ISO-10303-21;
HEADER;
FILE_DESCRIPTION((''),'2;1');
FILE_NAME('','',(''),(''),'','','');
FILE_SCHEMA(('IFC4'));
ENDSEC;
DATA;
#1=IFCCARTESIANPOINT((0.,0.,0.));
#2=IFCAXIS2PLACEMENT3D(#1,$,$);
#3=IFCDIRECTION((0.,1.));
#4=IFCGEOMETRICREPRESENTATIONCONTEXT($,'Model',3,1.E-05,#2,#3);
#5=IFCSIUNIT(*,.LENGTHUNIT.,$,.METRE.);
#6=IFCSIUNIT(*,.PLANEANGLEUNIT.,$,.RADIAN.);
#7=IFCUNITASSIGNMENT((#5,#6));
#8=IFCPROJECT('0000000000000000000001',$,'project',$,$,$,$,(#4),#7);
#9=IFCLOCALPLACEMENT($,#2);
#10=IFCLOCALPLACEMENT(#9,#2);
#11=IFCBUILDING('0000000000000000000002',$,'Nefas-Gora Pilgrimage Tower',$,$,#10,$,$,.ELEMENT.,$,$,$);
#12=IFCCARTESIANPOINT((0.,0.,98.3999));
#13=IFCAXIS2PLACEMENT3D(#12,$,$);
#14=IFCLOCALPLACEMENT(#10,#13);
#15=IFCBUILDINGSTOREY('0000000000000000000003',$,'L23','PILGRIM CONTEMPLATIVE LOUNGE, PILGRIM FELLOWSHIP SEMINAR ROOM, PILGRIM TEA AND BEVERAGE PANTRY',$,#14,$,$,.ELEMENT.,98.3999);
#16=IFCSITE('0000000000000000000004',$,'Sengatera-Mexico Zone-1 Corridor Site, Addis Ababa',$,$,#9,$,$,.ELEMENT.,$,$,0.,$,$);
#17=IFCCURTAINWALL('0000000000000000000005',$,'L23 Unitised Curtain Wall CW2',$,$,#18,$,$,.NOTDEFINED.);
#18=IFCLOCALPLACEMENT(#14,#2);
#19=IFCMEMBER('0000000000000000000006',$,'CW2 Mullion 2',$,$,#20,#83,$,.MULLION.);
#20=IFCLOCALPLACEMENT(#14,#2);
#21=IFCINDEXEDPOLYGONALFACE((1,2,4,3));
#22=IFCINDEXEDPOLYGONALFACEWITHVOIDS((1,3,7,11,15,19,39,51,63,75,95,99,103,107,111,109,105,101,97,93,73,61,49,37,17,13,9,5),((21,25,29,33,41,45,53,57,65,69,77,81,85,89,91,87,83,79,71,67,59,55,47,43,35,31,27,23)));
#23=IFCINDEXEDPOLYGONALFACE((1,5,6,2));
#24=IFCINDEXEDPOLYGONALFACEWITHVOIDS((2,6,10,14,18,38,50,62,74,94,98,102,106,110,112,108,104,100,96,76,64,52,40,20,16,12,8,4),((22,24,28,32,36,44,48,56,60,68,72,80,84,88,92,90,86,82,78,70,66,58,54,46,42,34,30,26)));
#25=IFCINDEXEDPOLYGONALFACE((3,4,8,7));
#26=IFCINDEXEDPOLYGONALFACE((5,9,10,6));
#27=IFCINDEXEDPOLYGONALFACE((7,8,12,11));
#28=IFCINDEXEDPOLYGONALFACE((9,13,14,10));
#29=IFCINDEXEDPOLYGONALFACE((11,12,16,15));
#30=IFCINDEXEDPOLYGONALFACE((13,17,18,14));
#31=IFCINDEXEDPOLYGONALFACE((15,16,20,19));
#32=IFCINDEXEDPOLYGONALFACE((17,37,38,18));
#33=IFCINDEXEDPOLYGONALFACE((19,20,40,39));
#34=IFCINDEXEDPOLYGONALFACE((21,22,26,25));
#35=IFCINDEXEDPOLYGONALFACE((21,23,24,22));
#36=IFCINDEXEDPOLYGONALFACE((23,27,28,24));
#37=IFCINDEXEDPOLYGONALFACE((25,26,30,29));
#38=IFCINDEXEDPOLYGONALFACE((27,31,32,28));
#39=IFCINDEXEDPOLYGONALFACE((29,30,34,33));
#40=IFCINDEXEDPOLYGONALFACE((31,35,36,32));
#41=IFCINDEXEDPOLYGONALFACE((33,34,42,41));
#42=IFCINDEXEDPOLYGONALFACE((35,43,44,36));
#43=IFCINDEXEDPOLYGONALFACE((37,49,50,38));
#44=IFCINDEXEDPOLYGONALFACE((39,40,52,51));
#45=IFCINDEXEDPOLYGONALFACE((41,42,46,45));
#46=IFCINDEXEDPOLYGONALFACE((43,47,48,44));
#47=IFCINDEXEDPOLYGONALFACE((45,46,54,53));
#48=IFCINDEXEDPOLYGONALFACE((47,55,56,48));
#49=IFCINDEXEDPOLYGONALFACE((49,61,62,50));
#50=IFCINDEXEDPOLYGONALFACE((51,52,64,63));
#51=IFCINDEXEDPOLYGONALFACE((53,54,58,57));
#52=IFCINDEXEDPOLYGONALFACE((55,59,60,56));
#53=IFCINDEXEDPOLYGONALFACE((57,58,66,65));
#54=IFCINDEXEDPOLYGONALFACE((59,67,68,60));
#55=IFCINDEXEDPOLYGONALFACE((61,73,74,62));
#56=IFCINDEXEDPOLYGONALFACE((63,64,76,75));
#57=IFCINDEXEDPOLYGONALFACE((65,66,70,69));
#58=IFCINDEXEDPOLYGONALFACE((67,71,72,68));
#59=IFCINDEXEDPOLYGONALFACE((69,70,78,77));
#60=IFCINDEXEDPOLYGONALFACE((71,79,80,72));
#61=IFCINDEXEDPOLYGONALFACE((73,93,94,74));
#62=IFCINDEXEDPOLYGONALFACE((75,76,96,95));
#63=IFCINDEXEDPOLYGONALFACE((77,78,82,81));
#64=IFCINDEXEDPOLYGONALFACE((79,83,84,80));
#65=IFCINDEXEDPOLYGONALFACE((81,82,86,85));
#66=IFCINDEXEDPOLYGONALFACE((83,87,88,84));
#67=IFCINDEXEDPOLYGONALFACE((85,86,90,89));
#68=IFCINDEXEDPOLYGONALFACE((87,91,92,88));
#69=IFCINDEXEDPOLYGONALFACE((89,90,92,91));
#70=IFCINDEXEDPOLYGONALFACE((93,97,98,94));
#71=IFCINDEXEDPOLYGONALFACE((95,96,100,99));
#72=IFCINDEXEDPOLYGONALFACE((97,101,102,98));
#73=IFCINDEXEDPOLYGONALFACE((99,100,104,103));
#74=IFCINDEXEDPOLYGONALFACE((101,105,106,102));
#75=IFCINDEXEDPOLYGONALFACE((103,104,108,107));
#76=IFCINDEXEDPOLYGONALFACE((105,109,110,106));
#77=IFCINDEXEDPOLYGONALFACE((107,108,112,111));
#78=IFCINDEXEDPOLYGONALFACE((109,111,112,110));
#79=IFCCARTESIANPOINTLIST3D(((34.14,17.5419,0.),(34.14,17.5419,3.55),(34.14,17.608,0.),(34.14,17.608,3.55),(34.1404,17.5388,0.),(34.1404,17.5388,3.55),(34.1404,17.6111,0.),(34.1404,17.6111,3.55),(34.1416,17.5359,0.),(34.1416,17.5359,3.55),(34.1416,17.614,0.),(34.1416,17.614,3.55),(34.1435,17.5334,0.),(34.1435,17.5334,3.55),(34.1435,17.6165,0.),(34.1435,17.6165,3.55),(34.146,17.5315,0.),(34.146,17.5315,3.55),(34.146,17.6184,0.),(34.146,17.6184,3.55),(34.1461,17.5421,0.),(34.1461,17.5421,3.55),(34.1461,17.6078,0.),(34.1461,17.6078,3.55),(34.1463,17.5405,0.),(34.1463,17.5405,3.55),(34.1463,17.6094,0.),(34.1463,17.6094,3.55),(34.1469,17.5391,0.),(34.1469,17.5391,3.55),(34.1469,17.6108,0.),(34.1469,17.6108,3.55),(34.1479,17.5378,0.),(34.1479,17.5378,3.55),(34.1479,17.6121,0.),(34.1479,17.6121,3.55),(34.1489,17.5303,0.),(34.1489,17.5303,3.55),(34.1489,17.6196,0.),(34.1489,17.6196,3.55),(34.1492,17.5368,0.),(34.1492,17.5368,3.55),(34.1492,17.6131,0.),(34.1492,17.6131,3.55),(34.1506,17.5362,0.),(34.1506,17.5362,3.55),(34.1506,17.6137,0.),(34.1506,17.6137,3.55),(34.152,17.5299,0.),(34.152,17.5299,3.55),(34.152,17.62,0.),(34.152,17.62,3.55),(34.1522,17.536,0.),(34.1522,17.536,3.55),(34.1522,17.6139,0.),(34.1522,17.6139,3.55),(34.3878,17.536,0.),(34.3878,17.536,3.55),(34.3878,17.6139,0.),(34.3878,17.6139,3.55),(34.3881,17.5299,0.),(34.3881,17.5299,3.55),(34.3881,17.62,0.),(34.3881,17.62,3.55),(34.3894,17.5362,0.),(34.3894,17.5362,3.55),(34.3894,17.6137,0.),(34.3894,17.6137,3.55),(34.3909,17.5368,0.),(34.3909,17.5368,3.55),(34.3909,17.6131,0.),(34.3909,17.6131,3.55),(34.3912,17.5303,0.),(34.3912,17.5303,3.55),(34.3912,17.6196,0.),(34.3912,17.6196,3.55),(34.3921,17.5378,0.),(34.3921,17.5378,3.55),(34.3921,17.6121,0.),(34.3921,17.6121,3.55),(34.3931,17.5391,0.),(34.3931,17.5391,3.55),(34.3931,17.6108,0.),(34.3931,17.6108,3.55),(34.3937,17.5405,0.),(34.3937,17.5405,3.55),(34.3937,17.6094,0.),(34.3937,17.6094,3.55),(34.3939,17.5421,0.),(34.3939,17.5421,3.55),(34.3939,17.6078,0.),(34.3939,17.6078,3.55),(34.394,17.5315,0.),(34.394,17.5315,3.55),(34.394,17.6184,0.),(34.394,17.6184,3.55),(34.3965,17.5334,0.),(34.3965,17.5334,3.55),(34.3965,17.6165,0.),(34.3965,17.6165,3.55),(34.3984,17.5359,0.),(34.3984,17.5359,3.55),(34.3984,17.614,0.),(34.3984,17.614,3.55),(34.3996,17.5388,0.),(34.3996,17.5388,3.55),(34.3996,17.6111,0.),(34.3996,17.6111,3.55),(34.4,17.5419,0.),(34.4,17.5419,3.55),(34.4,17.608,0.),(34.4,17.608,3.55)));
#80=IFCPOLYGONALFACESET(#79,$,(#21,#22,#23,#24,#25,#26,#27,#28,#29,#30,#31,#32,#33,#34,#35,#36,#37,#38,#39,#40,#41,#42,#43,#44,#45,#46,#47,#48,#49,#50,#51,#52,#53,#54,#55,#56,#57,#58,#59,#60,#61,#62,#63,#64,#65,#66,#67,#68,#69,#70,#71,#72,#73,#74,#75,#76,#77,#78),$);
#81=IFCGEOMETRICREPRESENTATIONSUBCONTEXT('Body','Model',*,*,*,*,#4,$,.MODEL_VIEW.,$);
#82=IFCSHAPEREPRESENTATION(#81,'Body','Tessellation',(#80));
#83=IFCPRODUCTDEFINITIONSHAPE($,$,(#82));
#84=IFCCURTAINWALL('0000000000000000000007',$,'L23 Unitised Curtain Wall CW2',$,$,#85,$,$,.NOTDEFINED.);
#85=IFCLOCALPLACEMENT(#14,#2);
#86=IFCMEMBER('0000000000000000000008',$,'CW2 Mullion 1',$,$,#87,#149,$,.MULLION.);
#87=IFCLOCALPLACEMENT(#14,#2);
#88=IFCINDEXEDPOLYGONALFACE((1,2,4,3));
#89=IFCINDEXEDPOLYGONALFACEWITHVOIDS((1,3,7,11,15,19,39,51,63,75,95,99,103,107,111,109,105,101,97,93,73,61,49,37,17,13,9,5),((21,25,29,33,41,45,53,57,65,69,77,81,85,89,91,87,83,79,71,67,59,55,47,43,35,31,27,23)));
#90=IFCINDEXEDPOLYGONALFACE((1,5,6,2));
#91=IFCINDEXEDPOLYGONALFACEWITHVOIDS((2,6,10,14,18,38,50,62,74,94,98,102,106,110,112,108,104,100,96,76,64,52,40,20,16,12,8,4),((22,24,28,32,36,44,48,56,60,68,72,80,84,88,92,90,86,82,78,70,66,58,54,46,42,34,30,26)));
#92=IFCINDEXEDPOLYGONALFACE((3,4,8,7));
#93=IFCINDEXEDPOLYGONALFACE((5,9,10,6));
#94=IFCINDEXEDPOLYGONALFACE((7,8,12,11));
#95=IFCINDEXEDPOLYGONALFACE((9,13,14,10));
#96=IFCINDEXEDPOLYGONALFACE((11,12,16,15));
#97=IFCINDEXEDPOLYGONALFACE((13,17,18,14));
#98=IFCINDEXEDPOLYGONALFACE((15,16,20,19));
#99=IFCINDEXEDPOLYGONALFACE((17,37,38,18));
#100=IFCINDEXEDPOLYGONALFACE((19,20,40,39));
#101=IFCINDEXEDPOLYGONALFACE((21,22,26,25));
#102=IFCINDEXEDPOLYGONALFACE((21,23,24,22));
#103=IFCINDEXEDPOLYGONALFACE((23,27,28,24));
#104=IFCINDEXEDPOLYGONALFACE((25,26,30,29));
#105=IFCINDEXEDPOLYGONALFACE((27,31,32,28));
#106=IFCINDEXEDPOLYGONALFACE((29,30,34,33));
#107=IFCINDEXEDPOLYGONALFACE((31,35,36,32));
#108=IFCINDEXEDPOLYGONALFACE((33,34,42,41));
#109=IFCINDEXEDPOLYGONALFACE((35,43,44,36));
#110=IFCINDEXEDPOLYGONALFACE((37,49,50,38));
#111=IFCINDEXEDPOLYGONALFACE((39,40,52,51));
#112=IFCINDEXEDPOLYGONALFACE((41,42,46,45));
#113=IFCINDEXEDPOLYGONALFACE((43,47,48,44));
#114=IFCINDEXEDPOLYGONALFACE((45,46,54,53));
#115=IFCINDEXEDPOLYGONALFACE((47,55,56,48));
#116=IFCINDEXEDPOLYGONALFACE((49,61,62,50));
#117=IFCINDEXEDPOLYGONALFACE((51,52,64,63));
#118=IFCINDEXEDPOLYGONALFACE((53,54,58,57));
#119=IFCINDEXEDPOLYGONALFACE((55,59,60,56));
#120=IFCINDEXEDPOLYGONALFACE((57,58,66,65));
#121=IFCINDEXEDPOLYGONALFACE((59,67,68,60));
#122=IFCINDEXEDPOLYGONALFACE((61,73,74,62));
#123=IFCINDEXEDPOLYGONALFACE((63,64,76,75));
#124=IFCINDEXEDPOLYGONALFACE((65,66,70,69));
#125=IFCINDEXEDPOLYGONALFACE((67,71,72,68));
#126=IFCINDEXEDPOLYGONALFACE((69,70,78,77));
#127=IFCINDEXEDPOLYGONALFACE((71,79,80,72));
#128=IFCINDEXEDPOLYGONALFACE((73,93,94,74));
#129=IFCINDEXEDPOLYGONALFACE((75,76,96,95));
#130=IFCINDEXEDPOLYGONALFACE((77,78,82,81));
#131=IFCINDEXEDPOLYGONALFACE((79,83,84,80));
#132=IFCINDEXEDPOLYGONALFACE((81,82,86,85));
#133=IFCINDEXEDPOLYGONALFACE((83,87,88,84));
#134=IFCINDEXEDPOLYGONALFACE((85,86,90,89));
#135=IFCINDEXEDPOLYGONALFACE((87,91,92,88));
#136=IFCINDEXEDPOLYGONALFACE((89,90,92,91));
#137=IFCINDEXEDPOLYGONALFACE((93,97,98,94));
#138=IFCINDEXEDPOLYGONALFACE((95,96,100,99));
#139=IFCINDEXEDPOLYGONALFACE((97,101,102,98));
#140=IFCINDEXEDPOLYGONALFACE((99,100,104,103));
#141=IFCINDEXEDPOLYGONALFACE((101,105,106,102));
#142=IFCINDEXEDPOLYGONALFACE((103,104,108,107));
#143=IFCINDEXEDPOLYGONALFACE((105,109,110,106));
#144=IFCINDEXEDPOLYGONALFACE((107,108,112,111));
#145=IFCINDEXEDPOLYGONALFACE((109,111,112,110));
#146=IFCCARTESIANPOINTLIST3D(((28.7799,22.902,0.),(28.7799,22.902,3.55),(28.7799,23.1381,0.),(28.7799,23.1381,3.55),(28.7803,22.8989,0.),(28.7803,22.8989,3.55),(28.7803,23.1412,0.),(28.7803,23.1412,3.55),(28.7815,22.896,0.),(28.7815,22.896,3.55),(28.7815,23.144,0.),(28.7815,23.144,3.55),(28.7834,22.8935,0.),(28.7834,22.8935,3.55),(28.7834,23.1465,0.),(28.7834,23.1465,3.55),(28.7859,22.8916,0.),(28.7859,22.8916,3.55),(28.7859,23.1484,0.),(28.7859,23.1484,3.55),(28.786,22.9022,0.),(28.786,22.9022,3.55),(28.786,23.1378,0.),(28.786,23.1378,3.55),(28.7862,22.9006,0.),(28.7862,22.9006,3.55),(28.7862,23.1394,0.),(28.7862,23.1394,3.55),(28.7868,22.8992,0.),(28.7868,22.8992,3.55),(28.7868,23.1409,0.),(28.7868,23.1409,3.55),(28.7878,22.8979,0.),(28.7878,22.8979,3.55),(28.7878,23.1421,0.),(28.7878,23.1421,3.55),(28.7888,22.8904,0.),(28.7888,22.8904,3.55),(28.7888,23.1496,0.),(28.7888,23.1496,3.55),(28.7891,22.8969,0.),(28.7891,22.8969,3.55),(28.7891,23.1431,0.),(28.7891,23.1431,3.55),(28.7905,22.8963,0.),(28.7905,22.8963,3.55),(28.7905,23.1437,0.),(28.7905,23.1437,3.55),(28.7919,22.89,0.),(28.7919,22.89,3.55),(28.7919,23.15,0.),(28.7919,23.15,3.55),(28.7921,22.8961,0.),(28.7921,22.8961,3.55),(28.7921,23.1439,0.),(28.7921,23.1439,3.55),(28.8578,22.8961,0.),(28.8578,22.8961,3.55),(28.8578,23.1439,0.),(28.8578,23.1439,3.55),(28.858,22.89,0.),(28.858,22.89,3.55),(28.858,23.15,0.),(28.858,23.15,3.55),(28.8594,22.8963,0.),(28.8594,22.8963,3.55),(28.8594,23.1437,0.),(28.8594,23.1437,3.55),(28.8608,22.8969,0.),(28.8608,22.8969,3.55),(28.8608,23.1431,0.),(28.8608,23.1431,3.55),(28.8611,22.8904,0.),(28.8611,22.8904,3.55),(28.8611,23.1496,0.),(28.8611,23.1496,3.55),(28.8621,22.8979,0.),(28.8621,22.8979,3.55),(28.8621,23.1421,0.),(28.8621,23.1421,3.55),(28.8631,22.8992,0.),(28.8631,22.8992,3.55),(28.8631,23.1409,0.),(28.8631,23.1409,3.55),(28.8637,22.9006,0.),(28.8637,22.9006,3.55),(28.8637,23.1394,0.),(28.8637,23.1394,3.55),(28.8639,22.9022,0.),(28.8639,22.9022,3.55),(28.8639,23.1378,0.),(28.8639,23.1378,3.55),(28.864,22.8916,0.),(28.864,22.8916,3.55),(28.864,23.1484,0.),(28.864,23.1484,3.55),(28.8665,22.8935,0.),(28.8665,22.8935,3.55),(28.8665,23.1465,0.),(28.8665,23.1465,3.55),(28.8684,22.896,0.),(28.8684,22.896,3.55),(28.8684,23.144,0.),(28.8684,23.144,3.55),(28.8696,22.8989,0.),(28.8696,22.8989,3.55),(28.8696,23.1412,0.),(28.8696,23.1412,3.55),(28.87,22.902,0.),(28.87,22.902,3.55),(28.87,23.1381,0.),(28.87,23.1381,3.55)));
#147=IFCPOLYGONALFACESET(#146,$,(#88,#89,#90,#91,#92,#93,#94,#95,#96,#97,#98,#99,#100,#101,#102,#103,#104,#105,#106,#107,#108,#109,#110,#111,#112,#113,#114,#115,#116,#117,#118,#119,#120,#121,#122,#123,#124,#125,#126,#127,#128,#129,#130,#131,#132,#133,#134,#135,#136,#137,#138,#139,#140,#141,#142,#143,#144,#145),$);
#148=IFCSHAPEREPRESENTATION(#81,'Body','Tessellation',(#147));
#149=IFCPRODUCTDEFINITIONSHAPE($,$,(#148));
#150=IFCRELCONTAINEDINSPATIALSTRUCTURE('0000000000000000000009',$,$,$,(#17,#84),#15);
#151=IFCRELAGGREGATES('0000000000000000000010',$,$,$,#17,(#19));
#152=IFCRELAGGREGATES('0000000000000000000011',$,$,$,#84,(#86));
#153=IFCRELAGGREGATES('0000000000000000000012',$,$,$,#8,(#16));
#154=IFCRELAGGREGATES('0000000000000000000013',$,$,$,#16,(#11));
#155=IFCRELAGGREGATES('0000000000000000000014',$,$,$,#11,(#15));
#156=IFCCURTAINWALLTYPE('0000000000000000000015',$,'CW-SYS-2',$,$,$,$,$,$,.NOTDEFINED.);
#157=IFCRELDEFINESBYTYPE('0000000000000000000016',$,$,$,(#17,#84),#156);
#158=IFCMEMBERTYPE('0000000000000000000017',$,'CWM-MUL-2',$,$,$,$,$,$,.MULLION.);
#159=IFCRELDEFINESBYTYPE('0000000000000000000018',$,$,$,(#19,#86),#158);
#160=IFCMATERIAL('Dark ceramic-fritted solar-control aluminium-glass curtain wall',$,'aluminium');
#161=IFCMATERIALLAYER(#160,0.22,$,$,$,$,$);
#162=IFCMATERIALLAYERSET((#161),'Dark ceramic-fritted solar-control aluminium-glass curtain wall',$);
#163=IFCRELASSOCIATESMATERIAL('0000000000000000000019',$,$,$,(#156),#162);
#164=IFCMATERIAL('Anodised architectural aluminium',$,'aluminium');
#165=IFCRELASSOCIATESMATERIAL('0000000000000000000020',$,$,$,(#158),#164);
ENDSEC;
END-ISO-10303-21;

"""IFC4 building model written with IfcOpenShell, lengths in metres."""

from ifc_helpers import new_model, si_unit, direction, frame, origin, origin_2d, place, context, subcontext, project, spatial, hollow_rectangle, extrude, source, transform, mapped, material, layer, layer_set, material_profile, profile_set, type_object, element, aggregate, save


model = new_model("IFC4")

# Units and contexts
model_context = context("Model", 3, precision=1e-05, world=origin(), true_north=direction((0.0, 1.0)))
body_context = subcontext(model_context, "Body", "Model", "MODEL_VIEW")
ifc_project = project(units=[si_unit("LENGTHUNIT", "METRE"), si_unit("PLANEANGLEUNIT", "RADIAN")], contexts=[model_context])

# Site, building, storey
site_placement = place(None, origin())
site = spatial("IfcSite", under=ifc_project, at=site_placement, Name="Sengatera-Mexico Zone-1 Corridor Site, Addis Ababa", CompositionType="ELEMENT", RefElevation=0.0)
building_placement = place(site_placement, origin())
building = spatial("IfcBuilding", under=site, at=building_placement, Name="Nefas-Gora Pilgrimage Tower", CompositionType="ELEMENT")
storey_placement = place(building_placement, frame((0.0, 0.0, 98.3999)))
storey = spatial("IfcBuildingStorey", under=building, at=storey_placement, Name="L23", Description="PILGRIM CONTEMPLATIVE LOUNGE, PILGRIM FELLOWSHIP SEMINAR ROOM, PILGRIM TEA AND BEVERAGE PANTRY", CompositionType="ELEMENT", Elevation=98.3999)

# Curtain wall, member
ifc_material_1 = material(Name="Dark ceramic-fritted solar-control aluminium-glass curtain wall", Category="aluminium")
ifc_layer_1 = layer(ifc_material_1, 0.22)
ifc_layer_set_1 = layer_set([ifc_layer_1], Name="Dark ceramic-fritted solar-control aluminium-glass curtain wall")
curtain_wall_type = type_object("IfcCurtainWallType", Name="CW-SYS-2", PredefinedType="NOTDEFINED", material=ifc_layer_set_1)
curtain_wall_1_placement = place(storey_placement, origin())
curtain_wall_1 = element("IfcCurtainWall", 1, at=curtain_wall_1_placement, inside=storey, type_object=curtain_wall_type, Name="L23 Unitised Curtain Wall CW2", PredefinedType="NOTDEFINED")
ifc_material_2 = material(Name="Anodised architectural aluminium", Category="aluminium")
ifc_material_profile_1 = material_profile(ifc_material_2, hollow_rectangle(XDim=0.0901, YDim=0.26, WallThickness=0.0061, InnerFilletRadius=0.0061, OuterFilletRadius=0.012, at=origin_2d()), Name="ALU MULLION 90x260")
ifc_profile_set_1 = profile_set([ifc_material_profile_1], Name="Anodised architectural aluminium")
member_type_1 = type_object("IfcMemberType", Name="CWM-MUL-2", PredefinedType="MULLION", material=ifc_profile_set_1)
shared_shape_1 = source(origin(), body_context, "Body", "SweptSolid", [
    extrude(hollow_rectangle(XDim=0.0901, YDim=0.26, WallThickness=0.0061, InnerFilletRadius=0.0061, OuterFilletRadius=0.012, at=origin_2d()), origin(), (0.0, 0.0, 1.0), 3.55),
])
member_1_placement = place(storey_placement, frame((34.27, 17.575, 0.0), z_axis=(0.0, 0.0, 1.0), x_axis=(0.0, 1.0, 0.0)))
member_1 = element("IfcMember", 2, at=member_1_placement, type_object=member_type_1, Name="CW2 Mullion 2", PredefinedType="MULLION", context=body_context, shape_type="MappedRepresentation", body=[
    mapped(shared_shape_1, transform((0.0, 0.0, 0.0), x_axis=(1.0, 0.0, 0.0), y_axis=(0.0, 1.0, 0.0), z_axis=(0.0, 0.0, 1.0), scale=1.0)),
])
aggregate(curtain_wall_1, [member_1])

# Curtain wall, member
curtain_wall_2_placement = place(storey_placement, origin())
curtain_wall_2 = element("IfcCurtainWall", 3, at=curtain_wall_2_placement, inside=storey, type_object=curtain_wall_type, Name="L23 Unitised Curtain Wall CW2", PredefinedType="NOTDEFINED")
member_2_placement = place(storey_placement, frame((28.825, 23.02, 0.0), z_axis=(0.0, 0.0, 1.0), x_axis=(-1.0, 0.0, 0.0)))
member_2 = element("IfcMember", 4, at=member_2_placement, type_object=member_type_1, Name="CW2 Mullion 1", PredefinedType="MULLION", context=body_context, shape_type="MappedRepresentation", body=[
    mapped(shared_shape_1, transform((0.0, 0.0, 0.0), x_axis=(1.0, 0.0, 0.0), y_axis=(0.0, 1.0, 0.0), z_axis=(0.0, 0.0, 1.0), scale=1.0)),
])
aggregate(curtain_wall_2, [member_2])

save(model, "model.ifc")
